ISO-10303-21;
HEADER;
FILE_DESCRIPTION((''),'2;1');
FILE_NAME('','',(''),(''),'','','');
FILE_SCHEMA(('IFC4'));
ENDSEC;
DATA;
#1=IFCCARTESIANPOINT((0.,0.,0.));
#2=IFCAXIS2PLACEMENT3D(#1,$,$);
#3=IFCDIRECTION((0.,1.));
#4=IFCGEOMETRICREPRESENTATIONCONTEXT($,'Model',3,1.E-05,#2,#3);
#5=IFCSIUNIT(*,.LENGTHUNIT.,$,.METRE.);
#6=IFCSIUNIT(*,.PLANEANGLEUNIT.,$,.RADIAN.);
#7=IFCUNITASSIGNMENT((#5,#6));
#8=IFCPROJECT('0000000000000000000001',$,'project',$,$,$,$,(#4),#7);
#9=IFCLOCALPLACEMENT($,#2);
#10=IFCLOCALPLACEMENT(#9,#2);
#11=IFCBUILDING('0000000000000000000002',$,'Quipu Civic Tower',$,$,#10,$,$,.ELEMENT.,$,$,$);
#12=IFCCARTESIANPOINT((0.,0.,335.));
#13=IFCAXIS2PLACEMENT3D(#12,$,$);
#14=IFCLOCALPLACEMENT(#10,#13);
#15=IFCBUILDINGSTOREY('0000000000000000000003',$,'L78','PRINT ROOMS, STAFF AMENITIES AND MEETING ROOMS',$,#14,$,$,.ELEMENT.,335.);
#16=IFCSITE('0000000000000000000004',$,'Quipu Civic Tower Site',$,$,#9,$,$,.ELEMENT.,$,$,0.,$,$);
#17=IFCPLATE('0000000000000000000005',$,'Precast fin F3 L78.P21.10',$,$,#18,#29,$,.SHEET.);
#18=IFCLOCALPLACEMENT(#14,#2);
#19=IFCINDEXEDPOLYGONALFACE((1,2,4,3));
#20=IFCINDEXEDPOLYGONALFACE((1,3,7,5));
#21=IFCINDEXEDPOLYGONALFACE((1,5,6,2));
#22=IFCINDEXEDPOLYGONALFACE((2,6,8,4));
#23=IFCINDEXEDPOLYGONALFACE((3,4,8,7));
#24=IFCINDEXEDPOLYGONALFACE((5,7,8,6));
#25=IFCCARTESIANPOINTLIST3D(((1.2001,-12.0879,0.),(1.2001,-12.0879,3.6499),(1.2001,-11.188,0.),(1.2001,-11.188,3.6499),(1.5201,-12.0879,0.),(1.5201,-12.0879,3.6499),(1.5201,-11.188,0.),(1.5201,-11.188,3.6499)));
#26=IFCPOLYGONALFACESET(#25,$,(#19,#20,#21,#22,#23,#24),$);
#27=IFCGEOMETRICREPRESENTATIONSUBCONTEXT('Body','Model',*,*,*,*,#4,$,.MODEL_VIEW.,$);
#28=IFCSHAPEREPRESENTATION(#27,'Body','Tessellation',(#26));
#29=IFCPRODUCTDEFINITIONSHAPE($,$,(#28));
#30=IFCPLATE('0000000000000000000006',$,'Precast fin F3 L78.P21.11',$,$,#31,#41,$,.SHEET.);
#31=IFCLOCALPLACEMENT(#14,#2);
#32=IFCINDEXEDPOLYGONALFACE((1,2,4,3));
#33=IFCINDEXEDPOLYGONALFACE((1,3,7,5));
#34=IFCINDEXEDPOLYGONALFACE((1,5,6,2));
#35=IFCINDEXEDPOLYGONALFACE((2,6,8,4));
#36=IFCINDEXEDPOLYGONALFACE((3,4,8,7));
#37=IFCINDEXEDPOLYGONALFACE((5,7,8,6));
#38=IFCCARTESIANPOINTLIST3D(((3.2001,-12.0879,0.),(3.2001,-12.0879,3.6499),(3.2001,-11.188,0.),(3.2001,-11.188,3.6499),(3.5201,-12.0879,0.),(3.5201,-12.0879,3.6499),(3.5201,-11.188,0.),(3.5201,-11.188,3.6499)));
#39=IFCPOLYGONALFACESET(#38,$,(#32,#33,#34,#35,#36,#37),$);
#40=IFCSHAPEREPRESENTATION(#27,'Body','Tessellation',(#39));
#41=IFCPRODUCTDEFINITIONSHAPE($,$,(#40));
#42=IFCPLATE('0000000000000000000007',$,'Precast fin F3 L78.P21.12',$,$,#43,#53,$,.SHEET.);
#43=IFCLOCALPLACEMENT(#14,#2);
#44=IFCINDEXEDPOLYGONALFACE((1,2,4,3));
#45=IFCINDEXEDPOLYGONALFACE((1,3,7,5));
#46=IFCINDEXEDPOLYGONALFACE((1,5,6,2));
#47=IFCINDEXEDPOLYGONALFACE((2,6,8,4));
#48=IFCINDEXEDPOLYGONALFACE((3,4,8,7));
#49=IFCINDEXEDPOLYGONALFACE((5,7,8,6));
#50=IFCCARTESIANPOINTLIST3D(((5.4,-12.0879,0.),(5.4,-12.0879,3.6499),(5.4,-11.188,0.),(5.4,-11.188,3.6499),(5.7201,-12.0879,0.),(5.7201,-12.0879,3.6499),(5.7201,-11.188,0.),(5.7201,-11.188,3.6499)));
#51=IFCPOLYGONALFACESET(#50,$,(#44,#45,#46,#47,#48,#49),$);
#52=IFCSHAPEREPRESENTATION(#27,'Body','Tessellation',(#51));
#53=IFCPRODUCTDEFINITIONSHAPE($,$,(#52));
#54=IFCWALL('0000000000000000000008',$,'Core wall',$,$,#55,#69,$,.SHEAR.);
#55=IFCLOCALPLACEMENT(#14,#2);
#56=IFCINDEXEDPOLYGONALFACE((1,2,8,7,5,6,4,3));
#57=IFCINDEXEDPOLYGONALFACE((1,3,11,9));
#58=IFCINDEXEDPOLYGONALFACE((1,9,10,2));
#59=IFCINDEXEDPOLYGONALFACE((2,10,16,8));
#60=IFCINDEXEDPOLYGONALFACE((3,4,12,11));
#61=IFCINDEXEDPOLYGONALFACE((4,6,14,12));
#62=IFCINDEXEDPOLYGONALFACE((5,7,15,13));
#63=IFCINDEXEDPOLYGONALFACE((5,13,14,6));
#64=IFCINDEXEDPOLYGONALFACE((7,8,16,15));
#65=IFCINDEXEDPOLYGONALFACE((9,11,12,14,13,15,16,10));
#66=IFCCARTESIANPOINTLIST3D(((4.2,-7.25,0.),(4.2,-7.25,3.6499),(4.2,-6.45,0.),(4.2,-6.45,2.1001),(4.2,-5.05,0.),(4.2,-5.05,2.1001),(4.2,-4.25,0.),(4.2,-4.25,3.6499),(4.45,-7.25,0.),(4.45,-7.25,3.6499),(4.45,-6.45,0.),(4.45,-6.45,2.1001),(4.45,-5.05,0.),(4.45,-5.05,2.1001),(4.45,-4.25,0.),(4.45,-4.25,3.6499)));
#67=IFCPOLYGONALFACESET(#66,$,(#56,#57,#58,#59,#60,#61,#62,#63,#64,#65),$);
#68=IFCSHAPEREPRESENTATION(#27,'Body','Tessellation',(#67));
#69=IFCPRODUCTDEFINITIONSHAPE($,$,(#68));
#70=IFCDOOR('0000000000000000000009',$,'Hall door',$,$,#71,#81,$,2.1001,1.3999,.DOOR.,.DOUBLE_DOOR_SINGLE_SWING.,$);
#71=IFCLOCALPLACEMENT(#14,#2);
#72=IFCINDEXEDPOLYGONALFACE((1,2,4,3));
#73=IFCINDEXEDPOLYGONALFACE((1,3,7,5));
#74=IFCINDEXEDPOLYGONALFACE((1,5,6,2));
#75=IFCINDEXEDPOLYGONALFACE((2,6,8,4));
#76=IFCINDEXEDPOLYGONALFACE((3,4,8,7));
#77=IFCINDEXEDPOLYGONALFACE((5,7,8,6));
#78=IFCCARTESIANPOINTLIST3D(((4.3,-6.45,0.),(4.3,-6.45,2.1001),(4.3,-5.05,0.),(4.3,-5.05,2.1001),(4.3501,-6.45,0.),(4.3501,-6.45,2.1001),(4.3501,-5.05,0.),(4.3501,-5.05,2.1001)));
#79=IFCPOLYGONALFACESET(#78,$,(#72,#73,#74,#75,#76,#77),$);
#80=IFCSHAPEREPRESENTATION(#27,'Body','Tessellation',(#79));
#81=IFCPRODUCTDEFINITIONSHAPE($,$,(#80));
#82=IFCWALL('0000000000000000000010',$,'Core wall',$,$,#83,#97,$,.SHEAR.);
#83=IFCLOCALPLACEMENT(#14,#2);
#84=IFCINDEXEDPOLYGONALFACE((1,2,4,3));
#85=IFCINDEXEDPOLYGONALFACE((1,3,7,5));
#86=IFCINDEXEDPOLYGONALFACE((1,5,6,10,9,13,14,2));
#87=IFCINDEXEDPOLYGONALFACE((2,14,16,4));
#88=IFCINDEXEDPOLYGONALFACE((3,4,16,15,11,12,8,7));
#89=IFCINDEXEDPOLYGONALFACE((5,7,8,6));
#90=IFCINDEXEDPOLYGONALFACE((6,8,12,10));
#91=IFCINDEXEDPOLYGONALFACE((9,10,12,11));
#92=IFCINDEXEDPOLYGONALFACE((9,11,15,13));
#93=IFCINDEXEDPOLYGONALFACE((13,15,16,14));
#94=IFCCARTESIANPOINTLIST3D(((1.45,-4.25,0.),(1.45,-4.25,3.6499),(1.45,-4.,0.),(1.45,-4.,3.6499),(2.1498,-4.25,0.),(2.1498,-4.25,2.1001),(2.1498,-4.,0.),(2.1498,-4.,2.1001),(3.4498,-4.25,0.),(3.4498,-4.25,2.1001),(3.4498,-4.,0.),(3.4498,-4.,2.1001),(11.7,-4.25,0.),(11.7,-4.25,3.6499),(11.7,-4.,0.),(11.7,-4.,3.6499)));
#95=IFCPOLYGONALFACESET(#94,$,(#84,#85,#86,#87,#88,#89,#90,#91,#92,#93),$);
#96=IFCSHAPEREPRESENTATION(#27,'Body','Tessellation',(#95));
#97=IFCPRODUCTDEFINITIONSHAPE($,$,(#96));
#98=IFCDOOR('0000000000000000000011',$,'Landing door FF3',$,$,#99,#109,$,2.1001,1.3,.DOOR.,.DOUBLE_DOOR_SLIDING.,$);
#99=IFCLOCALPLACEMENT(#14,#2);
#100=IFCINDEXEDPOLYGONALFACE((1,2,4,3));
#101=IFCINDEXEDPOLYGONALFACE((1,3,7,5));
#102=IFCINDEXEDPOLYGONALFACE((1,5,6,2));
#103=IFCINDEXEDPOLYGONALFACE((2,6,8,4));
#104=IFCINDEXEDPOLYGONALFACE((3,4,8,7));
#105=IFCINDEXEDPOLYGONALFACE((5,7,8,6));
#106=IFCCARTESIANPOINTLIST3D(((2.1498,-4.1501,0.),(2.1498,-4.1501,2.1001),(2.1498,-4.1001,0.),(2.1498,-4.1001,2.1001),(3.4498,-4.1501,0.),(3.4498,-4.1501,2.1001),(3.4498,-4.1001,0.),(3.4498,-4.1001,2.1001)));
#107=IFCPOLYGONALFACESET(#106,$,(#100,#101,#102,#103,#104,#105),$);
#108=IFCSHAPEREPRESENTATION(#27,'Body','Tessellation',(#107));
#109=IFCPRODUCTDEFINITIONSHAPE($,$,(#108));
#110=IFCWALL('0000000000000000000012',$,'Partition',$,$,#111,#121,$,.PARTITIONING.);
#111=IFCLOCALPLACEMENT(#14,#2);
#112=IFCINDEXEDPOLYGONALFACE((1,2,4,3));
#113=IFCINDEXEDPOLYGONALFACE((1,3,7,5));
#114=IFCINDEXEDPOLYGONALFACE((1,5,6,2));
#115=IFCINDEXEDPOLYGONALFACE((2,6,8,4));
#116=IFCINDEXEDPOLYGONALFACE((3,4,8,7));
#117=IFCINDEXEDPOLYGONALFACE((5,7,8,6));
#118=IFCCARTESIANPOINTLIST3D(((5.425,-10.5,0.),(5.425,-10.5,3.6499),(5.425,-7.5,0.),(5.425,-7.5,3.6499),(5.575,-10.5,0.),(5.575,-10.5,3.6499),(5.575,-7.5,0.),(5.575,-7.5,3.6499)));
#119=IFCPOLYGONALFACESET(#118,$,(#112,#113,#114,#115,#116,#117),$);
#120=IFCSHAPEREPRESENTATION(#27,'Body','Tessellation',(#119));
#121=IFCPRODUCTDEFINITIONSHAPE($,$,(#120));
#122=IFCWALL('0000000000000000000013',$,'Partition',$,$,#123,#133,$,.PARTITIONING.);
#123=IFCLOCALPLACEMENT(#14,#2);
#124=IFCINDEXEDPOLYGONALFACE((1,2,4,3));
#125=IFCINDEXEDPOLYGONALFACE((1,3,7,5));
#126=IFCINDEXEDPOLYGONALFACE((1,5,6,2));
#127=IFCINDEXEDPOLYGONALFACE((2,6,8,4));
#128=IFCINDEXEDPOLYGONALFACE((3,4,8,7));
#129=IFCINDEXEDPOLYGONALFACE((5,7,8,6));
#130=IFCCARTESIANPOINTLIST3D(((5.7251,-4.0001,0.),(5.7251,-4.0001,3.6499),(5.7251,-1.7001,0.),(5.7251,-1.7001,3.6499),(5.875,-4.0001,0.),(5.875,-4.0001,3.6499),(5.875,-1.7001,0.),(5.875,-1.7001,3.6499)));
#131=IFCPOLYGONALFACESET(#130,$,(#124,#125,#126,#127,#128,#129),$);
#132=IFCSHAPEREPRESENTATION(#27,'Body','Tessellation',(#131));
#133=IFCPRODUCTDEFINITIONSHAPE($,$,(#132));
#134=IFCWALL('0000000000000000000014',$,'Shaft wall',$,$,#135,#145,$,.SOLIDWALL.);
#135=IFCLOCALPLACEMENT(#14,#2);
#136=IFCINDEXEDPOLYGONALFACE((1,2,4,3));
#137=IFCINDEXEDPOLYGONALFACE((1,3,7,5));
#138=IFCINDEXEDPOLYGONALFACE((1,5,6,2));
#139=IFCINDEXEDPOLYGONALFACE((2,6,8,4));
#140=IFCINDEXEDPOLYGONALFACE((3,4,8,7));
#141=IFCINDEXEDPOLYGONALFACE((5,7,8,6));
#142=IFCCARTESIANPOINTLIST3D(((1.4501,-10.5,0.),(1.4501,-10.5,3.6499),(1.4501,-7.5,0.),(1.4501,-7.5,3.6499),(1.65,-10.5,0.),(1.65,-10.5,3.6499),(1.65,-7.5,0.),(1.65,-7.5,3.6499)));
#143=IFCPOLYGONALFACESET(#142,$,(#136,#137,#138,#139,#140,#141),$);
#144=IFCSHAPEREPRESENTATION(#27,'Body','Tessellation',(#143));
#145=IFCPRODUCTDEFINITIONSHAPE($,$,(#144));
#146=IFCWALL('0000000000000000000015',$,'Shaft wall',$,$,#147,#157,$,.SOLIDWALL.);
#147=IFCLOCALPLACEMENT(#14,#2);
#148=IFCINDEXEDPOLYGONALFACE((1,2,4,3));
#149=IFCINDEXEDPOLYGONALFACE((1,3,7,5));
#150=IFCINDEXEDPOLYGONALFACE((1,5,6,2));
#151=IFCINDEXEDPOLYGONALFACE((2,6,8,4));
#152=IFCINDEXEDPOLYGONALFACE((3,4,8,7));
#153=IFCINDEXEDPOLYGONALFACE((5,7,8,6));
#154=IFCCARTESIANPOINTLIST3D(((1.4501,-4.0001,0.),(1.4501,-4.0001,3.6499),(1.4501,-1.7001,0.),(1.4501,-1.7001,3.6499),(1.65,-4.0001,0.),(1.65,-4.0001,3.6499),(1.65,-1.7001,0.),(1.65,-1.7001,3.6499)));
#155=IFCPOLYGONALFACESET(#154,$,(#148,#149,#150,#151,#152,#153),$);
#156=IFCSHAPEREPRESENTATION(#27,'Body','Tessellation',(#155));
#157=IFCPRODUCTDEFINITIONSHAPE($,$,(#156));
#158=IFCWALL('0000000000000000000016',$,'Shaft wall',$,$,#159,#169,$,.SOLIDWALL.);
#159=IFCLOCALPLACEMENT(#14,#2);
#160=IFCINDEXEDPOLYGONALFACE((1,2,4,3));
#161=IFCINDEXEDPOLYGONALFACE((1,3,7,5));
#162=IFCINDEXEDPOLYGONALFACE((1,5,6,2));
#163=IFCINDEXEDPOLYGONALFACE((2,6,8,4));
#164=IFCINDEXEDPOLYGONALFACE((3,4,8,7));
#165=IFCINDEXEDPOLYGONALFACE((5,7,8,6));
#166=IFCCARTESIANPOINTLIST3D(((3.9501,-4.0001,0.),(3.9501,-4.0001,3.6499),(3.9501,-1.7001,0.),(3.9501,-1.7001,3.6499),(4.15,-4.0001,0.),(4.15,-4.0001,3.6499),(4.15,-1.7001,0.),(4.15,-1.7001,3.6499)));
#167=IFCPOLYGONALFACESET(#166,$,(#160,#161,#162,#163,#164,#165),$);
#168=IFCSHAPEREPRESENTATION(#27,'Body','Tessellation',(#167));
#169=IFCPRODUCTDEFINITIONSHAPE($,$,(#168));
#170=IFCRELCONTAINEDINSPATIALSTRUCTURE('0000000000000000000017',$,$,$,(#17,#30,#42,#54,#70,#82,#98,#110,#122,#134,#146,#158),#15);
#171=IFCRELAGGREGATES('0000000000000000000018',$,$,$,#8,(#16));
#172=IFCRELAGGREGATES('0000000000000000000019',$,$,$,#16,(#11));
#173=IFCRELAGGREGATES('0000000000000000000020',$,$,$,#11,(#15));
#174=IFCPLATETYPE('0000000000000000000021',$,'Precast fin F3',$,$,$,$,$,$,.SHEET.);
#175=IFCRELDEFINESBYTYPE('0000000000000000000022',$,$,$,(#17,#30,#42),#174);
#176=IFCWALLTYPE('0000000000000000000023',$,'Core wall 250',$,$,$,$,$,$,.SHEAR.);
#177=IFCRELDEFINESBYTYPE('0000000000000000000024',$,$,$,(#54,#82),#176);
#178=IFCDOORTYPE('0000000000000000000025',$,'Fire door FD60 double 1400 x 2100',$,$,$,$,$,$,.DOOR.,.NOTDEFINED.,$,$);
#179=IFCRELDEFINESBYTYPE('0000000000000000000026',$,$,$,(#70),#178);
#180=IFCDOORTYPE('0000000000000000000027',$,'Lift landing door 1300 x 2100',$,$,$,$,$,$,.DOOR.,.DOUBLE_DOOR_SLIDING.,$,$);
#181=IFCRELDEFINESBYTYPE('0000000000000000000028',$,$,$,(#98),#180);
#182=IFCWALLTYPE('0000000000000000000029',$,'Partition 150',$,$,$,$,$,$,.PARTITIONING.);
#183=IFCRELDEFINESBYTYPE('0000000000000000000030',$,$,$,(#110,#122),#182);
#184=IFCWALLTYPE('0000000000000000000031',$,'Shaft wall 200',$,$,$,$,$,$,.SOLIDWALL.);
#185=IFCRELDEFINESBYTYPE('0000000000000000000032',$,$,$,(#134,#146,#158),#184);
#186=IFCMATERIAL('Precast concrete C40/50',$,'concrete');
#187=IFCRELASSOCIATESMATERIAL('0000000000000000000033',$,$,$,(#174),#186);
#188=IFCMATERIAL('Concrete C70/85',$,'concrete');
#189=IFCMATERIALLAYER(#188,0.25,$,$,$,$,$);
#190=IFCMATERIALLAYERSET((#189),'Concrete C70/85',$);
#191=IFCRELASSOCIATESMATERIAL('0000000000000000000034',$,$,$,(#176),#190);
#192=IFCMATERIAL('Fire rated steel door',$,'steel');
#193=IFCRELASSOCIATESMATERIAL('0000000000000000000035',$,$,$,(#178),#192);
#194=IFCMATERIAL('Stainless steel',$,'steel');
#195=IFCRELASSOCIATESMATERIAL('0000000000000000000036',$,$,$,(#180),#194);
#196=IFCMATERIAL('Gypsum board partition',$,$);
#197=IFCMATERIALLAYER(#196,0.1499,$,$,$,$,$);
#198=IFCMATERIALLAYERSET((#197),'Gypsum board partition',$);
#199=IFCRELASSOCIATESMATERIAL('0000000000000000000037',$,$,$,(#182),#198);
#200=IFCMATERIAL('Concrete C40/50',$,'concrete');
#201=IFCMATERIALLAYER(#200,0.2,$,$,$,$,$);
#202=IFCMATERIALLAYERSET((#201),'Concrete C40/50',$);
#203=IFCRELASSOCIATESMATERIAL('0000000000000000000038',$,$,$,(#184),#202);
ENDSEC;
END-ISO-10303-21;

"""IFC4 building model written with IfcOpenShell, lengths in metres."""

from ifc_helpers import new_model, si_unit, direction, frame, frame_2d, origin, origin_2d, place, context, subcontext, project, spatial, rectangle, extrude, material, layer, layer_set, type_object, element, fill, save


model = new_model("IFC4")

# Units and contexts
model_context = context("Model", 3, precision=1e-05, world=origin(), true_north=direction((0.0, 1.0)))
body_context = subcontext(model_context, "Body", "Model", "MODEL_VIEW")
ifc_project = project(units=[si_unit("LENGTHUNIT", "METRE"), si_unit("PLANEANGLEUNIT", "RADIAN")], contexts=[model_context])

# Site, building, storey
site_placement = place(None, origin())
site = spatial("IfcSite", under=ifc_project, at=site_placement, Name="Quipu Civic Tower Site", CompositionType="ELEMENT", RefElevation=0.0)
building_placement = place(site_placement, origin())
building = spatial("IfcBuilding", under=site, at=building_placement, Name="Quipu Civic Tower", CompositionType="ELEMENT")
storey_placement = place(building_placement, frame((0.0, 0.0, 335.0)))
storey = spatial("IfcBuildingStorey", under=building, at=storey_placement, Name="L78", Description="PRINT ROOMS, STAFF AMENITIES AND MEETING ROOMS", CompositionType="ELEMENT", Elevation=335.0)

# Plates
ifc_material_1 = material(Name="Precast concrete C40/50", Category="concrete")
plate_type = type_object("IfcPlateType", Name="Precast fin F3", PredefinedType="SHEET", material=ifc_material_1)
for number, where, z_axis, x_axis, name in (
    (1, (1.3601, -11.6379, 0.0), (0.0, 0.0, 1.0), (1.0, 0.0, 0.0), "Precast fin F3 L78.P21.10"),
    (2, (3.3601, -11.6379, 0.0), (0.0, 0.0, 1.0), (1.0, 0.0, 0.0), "Precast fin F3 L78.P21.11"),
    (3, (5.5601, -11.6379, 0.0), (0.0, 0.0, 1.0), (1.0, 0.0, 0.0), "Precast fin F3 L78.P21.12"),
):
    element("IfcPlate", number, at=place(storey_placement, frame(where, z_axis=z_axis, x_axis=x_axis)), inside=storey, type_object=plate_type, Name=name, PredefinedType="SHEET", context=body_context, shape_type="SweptSolid", body=[
        extrude(rectangle(XDim=0.3201, YDim=0.8999, at=origin_2d()), origin(), (0.0, 0.0, 1.0), 3.6499),
    ])

# Walls, openings, doors
ifc_material_2 = material(Name="Concrete C70/85", Category="concrete")
ifc_layer_1 = layer(ifc_material_2, 0.25)
ifc_layer_set_1 = layer_set([ifc_layer_1], Name="Concrete C70/85")
wall_type_1 = type_object("IfcWallType", Name="Core wall 250", PredefinedType="SHEAR", material=ifc_layer_set_1)
wall_1_placement = place(storey_placement, frame((4.325, -7.25, 0.0), z_axis=(0.0, 0.0, 1.0), x_axis=(0.0, 1.0, 0.0)))
wall_1 = element("IfcWall", 4, at=wall_1_placement, inside=storey, type_object=wall_type_1, Name="Core wall", PredefinedType="SHEAR", context=body_context, shape_type="SweptSolid", body=[
    extrude(rectangle(XDim=3.0, YDim=0.25, at=frame_2d((1.5, 0.0))), origin(), (0.0, 0.0, 1.0), 3.6499),
])
opening_1_placement = place(wall_1_placement, frame((0.8, 0.0, 0.0)))
opening_1 = element("IfcOpeningElement", 5, at=opening_1_placement, cuts=wall_1, PredefinedType="OPENING", context=body_context, shape_type="SweptSolid", body=[
    extrude(rectangle(XDim=1.3999, YDim=2.1001, at=frame_2d((0.7, 1.05))), frame((0.0, 0.135, 0.0), z_axis=(0.0, -1.0, 0.0), x_axis=(1.0, 0.0, 0.0)), (0.0, 0.0, 1.0), 0.27),
])
ifc_material_3 = material(Name="Fire rated steel door", Category="steel")
door_type_1 = type_object("IfcDoorType", Name="Fire door FD60 double 1400 x 2100", OperationType="NOTDEFINED", PredefinedType="DOOR", material=ifc_material_3)
door_1_placement = place(opening_1_placement, origin())
door_1 = element("IfcDoor", 6, at=door_1_placement, inside=storey, type_object=door_type_1, Name="Hall door", OperationType="DOUBLE_DOOR_SINGLE_SWING", OverallHeight=2.1001, OverallWidth=1.3999, PredefinedType="DOOR", context=body_context, shape_type="SweptSolid", body=[
    extrude(rectangle(XDim=1.3999, YDim=2.1001, at=frame_2d((0.7, 1.05))), frame((0.0, 0.0249, 0.0), z_axis=(0.0, -1.0, 0.0), x_axis=(1.0, 0.0, 0.0)), (0.0, 0.0, 1.0), 0.05),
])
fill(opening_1, door_1)
wall_2_placement = place(storey_placement, frame((1.45, -4.125, 0.0), z_axis=(0.0, 0.0, 1.0), x_axis=(1.0, 0.0, 0.0)))
wall_2 = element("IfcWall", 7, at=wall_2_placement, inside=storey, type_object=wall_type_1, Name="Core wall", PredefinedType="SHEAR", context=body_context, shape_type="SweptSolid", body=[
    extrude(rectangle(XDim=10.25, YDim=0.25, at=frame_2d((5.125, 0.0))), origin(), (0.0, 0.0, 1.0), 3.6499),
])
opening_2_placement = place(wall_2_placement, frame((0.7, 0.0, 0.0)))
opening_2 = element("IfcOpeningElement", 8, at=opening_2_placement, cuts=wall_2, PredefinedType="OPENING", context=body_context, shape_type="SweptSolid", body=[
    extrude(rectangle(XDim=1.3, YDim=2.1001, at=frame_2d((0.6499, 1.05))), frame((0.0, 0.135, 0.0), z_axis=(0.0, -1.0, 0.0), x_axis=(1.0, 0.0, 0.0)), (0.0, 0.0, 1.0), 0.27),
])
ifc_material_4 = material(Name="Stainless steel", Category="steel")
door_type_2 = type_object("IfcDoorType", Name="Lift landing door 1300 x 2100", OperationType="DOUBLE_DOOR_SLIDING", PredefinedType="DOOR", material=ifc_material_4)
door_2_placement = place(opening_2_placement, origin())
door_2 = element("IfcDoor", 9, at=door_2_placement, inside=storey, type_object=door_type_2, Name="Landing door FF3", OperationType="DOUBLE_DOOR_SLIDING", OverallHeight=2.1001, OverallWidth=1.3, PredefinedType="DOOR", context=body_context, shape_type="SweptSolid", body=[
    extrude(rectangle(XDim=1.3, YDim=2.1001, at=frame_2d((0.6499, 1.05))), frame((0.0, 0.0249, 0.0), z_axis=(0.0, -1.0, 0.0), x_axis=(1.0, 0.0, 0.0)), (0.0, 0.0, 1.0), 0.05),
])
fill(opening_2, door_2)

# Walls
ifc_material_5 = material(Name="Gypsum board partition")
ifc_layer_2 = layer(ifc_material_5, 0.1499)
ifc_layer_set_2 = layer_set([ifc_layer_2], Name="Gypsum board partition")
wall_type_2 = type_object("IfcWallType", Name="Partition 150", PredefinedType="PARTITIONING", material=ifc_layer_set_2)
wall_3_placement = place(storey_placement, frame((5.5, -10.5, 0.0), z_axis=(0.0, 0.0, 1.0), x_axis=(0.0, 1.0, 0.0)))
element("IfcWall", 10, at=wall_3_placement, inside=storey, type_object=wall_type_2, Name="Partition", PredefinedType="PARTITIONING", context=body_context, shape_type="SweptSolid", body=[
    extrude(rectangle(XDim=3.0, YDim=0.1499, at=frame_2d((1.5, 0.0))), origin(), (0.0, 0.0, 1.0), 3.6499),
])
wall_4_placement = place(storey_placement, frame((5.8, -4.0, 0.0), z_axis=(0.0, 0.0, 1.0), x_axis=(0.0, 1.0, 0.0)))
element("IfcWall", 11, at=wall_4_placement, inside=storey, type_object=wall_type_2, Name="Partition", PredefinedType="PARTITIONING", context=body_context, shape_type="SweptSolid", body=[
    extrude(rectangle(XDim=2.3, YDim=0.1499, at=frame_2d((1.1499, 0.0))), origin(), (0.0, 0.0, 1.0), 3.6499),
])
ifc_material_6 = material(Name="Concrete C40/50", Category="concrete")
ifc_layer_3 = layer(ifc_material_6, 0.2)
ifc_layer_set_3 = layer_set([ifc_layer_3], Name="Concrete C40/50")
wall_type_3 = type_object("IfcWallType", Name="Shaft wall 200", PredefinedType="SOLIDWALL", material=ifc_layer_set_3)
wall_5_placement = place(storey_placement, frame((1.55, -10.5, 0.0), z_axis=(0.0, 0.0, 1.0), x_axis=(0.0, 1.0, 0.0)))
element("IfcWall", 12, at=wall_5_placement, inside=storey, type_object=wall_type_3, Name="Shaft wall", PredefinedType="SOLIDWALL", context=body_context, shape_type="SweptSolid", body=[
    extrude(rectangle(XDim=3.0, YDim=0.2, at=frame_2d((1.5, 0.0))), origin(), (0.0, 0.0, 1.0), 3.6499),
])
for number, where, z_axis, x_axis, name in (
    (13, (1.55, -4.0, 0.0), (0.0, 0.0, 1.0), (0.0, 1.0, 0.0), "Shaft wall"),
    (14, (4.05, -4.0, 0.0), (0.0, 0.0, 1.0), (0.0, 1.0, 0.0), "Shaft wall"),
):
    element("IfcWall", number, at=place(storey_placement, frame(where, z_axis=z_axis, x_axis=x_axis)), inside=storey, type_object=wall_type_3, Name=name, PredefinedType="SOLIDWALL", context=body_context, shape_type="SweptSolid", body=[
        extrude(rectangle(XDim=2.3, YDim=0.2, at=frame_2d((1.1499, 0.0))), origin(), (0.0, 0.0, 1.0), 3.6499),
    ])

save(model, "model.ifc")
